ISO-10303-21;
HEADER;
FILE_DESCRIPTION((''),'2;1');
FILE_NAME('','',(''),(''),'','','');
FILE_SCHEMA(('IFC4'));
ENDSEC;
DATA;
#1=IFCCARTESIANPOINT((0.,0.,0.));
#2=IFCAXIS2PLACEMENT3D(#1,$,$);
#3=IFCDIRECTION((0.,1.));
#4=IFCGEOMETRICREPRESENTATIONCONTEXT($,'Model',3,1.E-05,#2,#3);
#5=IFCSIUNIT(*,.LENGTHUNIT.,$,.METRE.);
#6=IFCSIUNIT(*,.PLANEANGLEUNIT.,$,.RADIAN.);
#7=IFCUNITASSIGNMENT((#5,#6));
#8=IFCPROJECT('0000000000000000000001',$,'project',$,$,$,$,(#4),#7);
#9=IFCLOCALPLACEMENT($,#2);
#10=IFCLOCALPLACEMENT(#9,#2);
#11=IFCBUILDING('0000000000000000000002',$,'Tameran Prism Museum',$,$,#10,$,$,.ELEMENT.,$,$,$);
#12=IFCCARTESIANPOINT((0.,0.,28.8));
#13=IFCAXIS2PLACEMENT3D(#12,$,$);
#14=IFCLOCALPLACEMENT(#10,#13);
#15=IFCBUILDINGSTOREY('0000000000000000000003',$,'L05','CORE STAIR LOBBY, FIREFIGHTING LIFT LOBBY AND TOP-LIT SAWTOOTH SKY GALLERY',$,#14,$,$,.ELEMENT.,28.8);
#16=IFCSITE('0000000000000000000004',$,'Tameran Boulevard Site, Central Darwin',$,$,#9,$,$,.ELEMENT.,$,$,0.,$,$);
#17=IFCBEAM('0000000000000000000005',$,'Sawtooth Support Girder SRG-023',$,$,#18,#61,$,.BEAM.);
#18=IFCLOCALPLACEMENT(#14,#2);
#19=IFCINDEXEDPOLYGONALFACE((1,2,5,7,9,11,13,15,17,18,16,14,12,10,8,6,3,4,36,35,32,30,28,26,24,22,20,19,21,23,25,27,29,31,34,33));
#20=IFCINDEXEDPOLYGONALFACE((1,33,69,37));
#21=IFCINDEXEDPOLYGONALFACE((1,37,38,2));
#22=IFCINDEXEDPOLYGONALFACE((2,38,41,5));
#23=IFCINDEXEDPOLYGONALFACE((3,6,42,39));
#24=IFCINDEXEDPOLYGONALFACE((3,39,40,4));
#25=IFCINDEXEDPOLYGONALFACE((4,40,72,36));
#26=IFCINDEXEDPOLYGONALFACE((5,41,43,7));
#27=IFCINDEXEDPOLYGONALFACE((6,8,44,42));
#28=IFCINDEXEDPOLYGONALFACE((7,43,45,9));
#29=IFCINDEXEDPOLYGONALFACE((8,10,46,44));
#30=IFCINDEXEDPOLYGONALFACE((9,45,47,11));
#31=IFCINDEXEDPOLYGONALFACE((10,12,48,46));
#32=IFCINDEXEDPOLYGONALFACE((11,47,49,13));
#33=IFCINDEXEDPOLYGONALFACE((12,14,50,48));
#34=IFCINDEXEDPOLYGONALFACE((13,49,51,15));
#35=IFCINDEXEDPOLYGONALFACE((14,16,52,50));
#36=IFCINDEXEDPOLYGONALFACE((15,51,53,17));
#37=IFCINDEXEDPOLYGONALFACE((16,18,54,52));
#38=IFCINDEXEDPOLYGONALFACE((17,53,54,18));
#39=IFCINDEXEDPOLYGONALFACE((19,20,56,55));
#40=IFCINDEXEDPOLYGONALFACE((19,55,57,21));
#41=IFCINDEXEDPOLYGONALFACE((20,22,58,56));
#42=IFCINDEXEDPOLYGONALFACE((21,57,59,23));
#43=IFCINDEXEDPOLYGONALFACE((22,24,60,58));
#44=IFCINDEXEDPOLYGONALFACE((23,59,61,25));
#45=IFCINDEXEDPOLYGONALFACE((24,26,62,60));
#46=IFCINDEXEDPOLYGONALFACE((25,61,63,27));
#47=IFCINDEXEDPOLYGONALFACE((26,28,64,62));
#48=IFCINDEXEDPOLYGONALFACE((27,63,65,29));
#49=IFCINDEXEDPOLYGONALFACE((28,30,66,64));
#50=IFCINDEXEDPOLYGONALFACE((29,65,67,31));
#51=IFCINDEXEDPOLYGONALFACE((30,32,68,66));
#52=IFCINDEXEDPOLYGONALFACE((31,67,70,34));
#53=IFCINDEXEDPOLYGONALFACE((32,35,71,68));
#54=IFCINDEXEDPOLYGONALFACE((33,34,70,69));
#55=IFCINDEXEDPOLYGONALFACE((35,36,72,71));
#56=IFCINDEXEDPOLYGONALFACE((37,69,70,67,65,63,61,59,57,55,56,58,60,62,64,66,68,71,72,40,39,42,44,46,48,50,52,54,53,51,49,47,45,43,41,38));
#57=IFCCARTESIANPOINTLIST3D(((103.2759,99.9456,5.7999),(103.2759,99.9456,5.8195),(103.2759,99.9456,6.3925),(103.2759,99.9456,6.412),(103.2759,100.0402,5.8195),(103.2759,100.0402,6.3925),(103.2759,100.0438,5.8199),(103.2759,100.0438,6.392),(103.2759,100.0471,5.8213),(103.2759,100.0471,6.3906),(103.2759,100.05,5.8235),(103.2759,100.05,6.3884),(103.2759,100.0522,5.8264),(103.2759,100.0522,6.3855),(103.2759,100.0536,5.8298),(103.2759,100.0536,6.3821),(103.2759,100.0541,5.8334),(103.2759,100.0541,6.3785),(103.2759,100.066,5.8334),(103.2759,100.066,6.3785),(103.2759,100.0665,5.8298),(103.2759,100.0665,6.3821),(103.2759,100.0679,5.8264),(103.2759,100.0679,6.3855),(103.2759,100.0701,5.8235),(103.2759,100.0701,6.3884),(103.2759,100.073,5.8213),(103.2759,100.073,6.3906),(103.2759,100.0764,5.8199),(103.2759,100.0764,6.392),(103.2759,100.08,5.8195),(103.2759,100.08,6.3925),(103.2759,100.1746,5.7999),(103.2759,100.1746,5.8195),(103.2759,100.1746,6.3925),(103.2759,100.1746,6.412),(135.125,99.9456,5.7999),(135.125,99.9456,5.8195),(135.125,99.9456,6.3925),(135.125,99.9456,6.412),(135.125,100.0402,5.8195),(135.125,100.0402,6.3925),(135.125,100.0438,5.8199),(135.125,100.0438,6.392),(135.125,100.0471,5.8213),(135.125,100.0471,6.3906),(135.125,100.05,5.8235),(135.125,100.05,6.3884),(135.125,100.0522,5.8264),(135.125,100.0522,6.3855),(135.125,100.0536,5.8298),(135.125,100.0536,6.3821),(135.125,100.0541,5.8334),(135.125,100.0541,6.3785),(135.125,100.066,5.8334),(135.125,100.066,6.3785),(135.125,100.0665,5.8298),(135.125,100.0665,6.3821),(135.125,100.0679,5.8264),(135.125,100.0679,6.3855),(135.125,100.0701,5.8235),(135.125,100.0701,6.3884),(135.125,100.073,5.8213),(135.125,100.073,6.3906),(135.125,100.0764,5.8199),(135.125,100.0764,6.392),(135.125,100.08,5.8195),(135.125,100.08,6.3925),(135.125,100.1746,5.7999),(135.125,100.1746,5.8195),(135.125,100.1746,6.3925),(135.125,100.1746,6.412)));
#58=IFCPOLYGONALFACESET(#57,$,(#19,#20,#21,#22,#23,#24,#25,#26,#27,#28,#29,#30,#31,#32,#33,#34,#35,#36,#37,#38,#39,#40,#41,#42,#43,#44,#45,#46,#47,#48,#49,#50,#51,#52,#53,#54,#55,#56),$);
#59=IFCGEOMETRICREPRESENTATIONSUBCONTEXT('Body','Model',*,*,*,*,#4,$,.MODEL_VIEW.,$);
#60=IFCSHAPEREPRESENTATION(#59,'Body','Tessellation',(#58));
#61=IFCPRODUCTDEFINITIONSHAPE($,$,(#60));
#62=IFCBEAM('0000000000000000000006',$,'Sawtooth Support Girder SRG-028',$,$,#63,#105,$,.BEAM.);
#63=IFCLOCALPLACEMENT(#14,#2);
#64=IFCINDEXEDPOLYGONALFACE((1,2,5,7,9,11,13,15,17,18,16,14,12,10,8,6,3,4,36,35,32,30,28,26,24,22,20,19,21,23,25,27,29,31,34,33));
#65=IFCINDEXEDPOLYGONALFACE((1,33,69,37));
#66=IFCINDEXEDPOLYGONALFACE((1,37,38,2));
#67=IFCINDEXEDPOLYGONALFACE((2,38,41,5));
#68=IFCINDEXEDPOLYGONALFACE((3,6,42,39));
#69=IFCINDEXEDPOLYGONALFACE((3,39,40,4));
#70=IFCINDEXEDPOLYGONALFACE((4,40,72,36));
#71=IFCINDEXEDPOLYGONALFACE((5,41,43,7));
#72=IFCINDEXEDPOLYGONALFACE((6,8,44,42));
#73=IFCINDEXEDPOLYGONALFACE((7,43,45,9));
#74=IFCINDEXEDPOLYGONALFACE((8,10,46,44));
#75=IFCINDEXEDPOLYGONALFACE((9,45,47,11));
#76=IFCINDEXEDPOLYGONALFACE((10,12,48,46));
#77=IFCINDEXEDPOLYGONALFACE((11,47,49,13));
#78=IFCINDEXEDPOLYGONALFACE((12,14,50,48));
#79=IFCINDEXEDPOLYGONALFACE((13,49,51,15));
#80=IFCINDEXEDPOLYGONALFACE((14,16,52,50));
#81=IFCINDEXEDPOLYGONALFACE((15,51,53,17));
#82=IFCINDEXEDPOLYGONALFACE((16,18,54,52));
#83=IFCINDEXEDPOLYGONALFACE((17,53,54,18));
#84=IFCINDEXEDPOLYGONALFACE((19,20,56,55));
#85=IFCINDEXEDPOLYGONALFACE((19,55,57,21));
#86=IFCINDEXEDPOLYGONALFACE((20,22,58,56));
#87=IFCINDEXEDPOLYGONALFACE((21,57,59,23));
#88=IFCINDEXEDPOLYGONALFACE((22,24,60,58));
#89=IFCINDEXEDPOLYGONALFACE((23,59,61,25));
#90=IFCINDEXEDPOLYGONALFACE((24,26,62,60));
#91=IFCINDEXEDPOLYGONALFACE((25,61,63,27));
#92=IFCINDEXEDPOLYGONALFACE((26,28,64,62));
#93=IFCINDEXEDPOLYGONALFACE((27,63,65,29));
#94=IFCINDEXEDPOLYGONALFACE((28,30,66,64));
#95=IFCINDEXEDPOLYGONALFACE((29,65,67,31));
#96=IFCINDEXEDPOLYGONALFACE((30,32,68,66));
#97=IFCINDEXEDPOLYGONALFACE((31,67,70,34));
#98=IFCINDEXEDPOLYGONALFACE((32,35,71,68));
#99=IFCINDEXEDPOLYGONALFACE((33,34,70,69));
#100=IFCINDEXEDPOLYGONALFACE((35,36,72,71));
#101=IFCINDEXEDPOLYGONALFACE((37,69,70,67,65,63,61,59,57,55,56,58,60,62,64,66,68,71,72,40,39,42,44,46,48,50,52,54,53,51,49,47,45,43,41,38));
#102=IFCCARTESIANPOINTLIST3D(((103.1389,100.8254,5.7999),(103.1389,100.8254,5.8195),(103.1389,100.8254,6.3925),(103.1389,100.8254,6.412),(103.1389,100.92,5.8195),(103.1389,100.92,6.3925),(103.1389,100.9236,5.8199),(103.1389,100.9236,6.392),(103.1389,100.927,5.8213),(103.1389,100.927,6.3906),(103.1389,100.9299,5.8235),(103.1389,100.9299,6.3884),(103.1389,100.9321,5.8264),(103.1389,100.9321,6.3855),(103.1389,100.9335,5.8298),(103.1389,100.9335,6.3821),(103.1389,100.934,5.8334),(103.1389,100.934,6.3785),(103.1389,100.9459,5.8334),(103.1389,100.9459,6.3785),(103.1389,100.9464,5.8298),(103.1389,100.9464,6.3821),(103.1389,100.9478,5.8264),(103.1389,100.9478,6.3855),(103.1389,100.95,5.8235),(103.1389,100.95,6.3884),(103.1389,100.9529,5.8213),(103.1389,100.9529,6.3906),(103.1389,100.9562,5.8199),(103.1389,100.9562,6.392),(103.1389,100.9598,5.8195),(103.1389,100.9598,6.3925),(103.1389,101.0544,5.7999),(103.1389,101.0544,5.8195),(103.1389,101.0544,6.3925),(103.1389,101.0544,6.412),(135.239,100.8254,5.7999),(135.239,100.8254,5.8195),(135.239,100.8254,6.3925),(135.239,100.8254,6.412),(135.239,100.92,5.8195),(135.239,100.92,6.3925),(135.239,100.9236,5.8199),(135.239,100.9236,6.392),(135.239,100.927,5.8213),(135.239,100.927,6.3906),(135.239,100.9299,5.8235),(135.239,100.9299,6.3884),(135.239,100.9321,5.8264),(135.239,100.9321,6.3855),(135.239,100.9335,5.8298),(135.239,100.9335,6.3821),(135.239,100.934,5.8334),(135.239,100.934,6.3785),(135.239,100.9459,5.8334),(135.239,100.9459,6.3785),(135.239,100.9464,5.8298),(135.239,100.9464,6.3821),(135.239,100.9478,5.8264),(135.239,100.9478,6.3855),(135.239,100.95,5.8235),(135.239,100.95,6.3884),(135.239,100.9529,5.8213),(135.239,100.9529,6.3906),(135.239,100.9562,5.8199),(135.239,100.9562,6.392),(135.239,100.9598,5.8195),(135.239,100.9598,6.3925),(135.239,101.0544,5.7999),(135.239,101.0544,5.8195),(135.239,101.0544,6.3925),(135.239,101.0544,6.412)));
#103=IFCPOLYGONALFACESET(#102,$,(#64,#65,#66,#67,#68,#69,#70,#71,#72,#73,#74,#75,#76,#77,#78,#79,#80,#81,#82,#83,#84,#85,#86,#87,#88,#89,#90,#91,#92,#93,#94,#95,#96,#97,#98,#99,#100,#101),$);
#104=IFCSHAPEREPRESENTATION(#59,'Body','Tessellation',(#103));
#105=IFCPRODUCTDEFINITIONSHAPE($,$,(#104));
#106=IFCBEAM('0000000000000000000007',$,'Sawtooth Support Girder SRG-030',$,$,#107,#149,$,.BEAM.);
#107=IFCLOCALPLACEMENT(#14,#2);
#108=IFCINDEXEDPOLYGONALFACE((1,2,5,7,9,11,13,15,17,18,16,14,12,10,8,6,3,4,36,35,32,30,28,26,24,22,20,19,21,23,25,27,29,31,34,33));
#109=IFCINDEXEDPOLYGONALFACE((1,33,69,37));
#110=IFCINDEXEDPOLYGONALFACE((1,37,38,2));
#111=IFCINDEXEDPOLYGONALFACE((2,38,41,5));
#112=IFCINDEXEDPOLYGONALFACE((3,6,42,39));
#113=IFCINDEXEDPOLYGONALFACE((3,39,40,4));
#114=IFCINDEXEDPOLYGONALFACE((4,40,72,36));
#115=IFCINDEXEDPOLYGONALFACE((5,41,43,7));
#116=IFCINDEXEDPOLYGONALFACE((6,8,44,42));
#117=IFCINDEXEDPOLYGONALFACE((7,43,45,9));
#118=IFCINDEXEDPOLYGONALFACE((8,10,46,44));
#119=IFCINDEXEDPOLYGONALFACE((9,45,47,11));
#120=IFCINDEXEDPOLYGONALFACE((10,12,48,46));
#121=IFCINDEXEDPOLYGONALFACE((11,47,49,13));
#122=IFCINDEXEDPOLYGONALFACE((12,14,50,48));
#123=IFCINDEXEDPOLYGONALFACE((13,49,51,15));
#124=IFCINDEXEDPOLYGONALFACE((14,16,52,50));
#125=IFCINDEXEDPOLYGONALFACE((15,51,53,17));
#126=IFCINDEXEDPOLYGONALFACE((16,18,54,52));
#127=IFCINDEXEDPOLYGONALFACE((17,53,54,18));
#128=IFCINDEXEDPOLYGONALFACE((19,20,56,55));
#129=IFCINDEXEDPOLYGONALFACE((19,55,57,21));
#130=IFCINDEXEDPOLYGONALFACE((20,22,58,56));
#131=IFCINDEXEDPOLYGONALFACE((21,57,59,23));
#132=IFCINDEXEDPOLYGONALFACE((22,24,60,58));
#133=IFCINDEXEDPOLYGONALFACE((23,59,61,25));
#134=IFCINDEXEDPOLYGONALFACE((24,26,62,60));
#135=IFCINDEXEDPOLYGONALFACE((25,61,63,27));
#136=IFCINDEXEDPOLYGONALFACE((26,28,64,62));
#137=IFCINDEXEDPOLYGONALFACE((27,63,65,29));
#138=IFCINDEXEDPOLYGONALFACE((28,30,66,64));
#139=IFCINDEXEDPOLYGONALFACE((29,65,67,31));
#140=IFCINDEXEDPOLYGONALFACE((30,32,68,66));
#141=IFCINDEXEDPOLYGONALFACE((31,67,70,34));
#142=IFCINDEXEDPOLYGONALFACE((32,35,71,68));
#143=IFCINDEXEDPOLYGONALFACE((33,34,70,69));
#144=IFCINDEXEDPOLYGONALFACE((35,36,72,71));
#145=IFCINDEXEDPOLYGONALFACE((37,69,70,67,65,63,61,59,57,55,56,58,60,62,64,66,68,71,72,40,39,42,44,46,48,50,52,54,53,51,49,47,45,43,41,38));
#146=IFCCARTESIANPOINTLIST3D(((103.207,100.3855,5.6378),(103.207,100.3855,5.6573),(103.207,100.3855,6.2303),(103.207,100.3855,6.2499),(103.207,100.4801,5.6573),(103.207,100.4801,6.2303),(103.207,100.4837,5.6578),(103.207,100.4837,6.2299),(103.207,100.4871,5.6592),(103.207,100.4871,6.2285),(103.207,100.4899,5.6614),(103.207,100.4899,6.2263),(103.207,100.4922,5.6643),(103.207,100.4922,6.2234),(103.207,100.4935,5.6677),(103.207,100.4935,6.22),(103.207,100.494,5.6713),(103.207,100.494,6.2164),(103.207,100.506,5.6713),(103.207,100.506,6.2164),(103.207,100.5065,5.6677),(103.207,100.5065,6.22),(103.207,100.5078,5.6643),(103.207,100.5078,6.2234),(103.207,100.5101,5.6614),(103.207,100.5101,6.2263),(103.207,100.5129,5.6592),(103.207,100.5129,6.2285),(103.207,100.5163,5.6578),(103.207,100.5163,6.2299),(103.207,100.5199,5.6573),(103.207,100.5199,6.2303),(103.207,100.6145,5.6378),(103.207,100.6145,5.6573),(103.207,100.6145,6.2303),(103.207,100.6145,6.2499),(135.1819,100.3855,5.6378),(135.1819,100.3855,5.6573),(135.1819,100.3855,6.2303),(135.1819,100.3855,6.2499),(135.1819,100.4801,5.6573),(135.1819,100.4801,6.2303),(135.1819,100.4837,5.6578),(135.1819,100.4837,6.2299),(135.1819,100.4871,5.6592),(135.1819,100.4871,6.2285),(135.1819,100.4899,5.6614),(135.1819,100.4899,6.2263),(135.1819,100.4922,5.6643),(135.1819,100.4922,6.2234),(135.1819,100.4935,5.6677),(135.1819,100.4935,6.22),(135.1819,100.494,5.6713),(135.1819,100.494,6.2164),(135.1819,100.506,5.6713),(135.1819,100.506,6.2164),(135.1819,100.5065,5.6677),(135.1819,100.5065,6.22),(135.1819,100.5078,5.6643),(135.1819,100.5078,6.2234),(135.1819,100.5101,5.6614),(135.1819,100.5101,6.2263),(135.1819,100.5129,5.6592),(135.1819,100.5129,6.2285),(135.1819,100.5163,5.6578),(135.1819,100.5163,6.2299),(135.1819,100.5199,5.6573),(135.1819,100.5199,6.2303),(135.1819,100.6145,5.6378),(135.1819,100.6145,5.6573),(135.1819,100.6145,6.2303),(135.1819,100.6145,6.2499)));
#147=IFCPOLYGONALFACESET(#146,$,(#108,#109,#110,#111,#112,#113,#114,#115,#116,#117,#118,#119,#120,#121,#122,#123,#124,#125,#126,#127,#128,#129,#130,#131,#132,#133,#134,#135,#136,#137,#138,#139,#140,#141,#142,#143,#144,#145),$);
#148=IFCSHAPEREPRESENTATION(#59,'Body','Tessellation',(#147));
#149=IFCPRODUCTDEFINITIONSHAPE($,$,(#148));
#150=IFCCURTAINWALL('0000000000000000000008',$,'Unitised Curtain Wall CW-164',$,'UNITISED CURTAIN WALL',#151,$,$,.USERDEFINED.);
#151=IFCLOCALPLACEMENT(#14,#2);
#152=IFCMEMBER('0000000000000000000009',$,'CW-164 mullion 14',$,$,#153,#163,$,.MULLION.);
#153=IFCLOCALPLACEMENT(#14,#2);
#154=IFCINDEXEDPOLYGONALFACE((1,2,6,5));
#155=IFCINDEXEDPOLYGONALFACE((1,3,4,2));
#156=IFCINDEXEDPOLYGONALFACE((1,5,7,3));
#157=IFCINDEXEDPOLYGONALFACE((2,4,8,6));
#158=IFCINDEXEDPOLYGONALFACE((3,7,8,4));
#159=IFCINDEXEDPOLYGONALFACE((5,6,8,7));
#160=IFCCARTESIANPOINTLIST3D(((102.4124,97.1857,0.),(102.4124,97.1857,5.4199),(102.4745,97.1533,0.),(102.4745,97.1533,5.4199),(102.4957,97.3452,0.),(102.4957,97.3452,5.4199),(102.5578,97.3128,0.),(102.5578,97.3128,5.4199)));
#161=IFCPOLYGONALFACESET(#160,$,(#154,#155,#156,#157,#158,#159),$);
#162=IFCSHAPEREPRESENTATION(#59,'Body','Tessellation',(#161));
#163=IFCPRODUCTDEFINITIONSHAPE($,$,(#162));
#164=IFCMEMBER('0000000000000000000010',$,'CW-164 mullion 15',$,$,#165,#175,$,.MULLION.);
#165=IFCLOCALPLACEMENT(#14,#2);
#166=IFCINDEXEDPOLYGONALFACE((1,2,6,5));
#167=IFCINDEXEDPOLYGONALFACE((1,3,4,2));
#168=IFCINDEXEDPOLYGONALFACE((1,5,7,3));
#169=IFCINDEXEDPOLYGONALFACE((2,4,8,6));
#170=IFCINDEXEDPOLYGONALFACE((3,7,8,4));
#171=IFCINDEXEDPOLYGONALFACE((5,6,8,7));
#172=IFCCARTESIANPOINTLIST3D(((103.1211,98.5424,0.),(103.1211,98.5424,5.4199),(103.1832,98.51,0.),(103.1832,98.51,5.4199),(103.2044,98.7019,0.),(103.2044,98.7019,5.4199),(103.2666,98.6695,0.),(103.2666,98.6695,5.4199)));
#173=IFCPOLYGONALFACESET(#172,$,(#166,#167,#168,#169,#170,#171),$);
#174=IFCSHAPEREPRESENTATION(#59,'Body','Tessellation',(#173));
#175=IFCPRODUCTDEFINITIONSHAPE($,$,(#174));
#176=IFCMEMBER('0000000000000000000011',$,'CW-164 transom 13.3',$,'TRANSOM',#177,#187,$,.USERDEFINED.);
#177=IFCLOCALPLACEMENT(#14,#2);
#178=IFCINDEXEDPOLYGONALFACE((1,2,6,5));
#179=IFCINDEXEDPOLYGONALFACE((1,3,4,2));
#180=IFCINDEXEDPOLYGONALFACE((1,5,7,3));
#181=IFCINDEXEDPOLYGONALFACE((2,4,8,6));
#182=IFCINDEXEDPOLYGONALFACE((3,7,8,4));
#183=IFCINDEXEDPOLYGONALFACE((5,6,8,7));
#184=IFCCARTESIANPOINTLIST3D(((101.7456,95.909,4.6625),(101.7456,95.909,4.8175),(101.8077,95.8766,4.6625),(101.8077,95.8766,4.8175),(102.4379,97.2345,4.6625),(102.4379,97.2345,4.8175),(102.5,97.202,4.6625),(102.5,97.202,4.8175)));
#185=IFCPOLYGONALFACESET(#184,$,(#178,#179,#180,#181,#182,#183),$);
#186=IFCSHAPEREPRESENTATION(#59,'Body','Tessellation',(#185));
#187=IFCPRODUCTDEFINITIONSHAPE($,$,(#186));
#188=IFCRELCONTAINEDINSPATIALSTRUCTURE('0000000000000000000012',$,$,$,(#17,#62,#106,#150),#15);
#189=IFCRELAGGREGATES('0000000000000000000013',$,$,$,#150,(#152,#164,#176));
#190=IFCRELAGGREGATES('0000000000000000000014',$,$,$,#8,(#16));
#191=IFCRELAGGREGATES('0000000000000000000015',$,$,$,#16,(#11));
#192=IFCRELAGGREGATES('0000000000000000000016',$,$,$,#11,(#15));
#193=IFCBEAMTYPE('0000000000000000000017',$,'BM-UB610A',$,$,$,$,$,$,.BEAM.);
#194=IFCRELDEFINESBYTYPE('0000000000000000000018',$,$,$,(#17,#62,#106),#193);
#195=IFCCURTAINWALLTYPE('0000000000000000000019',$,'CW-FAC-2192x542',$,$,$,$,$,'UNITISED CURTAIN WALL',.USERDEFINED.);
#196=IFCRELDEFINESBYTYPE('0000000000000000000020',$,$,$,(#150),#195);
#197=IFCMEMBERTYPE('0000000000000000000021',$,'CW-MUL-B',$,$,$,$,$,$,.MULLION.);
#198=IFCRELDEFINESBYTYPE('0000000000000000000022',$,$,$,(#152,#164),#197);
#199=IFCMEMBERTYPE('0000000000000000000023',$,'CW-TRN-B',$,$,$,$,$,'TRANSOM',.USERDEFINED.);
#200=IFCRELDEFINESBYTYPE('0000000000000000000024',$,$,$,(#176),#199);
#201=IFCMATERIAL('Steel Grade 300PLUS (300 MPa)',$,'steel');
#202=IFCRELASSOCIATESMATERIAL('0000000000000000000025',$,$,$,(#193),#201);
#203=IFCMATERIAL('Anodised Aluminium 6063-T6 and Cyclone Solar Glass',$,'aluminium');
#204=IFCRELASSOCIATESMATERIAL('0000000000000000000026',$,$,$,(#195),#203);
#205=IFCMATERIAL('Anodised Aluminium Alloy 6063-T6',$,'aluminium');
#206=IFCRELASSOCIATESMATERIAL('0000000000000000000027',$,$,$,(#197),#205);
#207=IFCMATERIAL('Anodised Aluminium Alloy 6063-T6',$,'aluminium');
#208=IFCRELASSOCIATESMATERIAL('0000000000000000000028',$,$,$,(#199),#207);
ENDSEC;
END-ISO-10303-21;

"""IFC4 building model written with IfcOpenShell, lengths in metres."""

from ifc_helpers import new_model, si_unit, direction, frame, origin, origin_2d, place, context, subcontext, project, spatial, rectangle, i_section, extrude, material, material_profile, profile_set, type_object, element, aggregate, save


model = new_model("IFC4")

# Units and contexts
model_context = context("Model", 3, precision=1e-05, world=origin(), true_north=direction((0.0, 1.0)))
body_context = subcontext(model_context, "Body", "Model", "MODEL_VIEW")
ifc_project = project(units=[si_unit("LENGTHUNIT", "METRE"), si_unit("PLANEANGLEUNIT", "RADIAN")], contexts=[model_context])

# Site, building, storey
site_placement = place(None, origin())
site = spatial("IfcSite", under=ifc_project, at=site_placement, Name="Tameran Boulevard Site, Central Darwin", CompositionType="ELEMENT", RefElevation=0.0)
building_placement = place(site_placement, origin())
building = spatial("IfcBuilding", under=site, at=building_placement, Name="Tameran Prism Museum", CompositionType="ELEMENT")
storey_placement = place(building_placement, frame((0.0, 0.0, 28.8)))
storey = spatial("IfcBuildingStorey", under=building, at=storey_placement, Name="L05", Description="CORE STAIR LOBBY, FIREFIGHTING LIFT LOBBY AND TOP-LIT SAWTOOTH SKY GALLERY", CompositionType="ELEMENT", Elevation=28.8)

# Beams
ifc_material_1 = material(Name="Steel Grade 300PLUS (300 MPa)", Category="steel")
ifc_material_profile_1 = material_profile(ifc_material_1, i_section(OverallWidth=0.229, OverallDepth=0.6121, WebThickness=0.012, FlangeThickness=0.0195, FilletRadius=0.0139, at=origin_2d()))
ifc_profile_set_1 = profile_set([ifc_material_profile_1])
beam_type_1 = type_object("IfcBeamType", Name="BM-UB610A", PredefinedType="BEAM", material=ifc_profile_set_1)
beam_1_placement = place(storey_placement, frame((103.2759, 100.0601, 6.106), z_axis=(1.0, 0.0, 0.0), x_axis=(0.0, 1.0, 0.0)))
element("IfcBeam", 1, at=beam_1_placement, inside=storey, type_object=beam_type_1, Name="Sawtooth Support Girder SRG-023", PredefinedType="BEAM", context=body_context, shape_type="SweptSolid", body=[
    extrude(i_section(OverallWidth=0.229, OverallDepth=0.6121, WebThickness=0.012, FlangeThickness=0.0195, FilletRadius=0.0139, at=origin_2d()), origin(), (0.0, 0.0, 1.0), 31.8491),
])
beam_2_placement = place(storey_placement, frame((103.1389, 100.9399, 6.106), z_axis=(1.0, 0.0, 0.0), x_axis=(0.0, 1.0, 0.0)))
element("IfcBeam", 2, at=beam_2_placement, inside=storey, type_object=beam_type_1, Name="Sawtooth Support Girder SRG-028", PredefinedType="BEAM", context=body_context, shape_type="SweptSolid", body=[
    extrude(i_section(OverallWidth=0.229, OverallDepth=0.6121, WebThickness=0.012, FlangeThickness=0.0195, FilletRadius=0.0139, at=origin_2d()), origin(), (0.0, 0.0, 1.0), 32.1001),
])
beam_3_placement = place(storey_placement, frame((103.207, 100.5, 5.9438), z_axis=(1.0, 0.0, 0.0), x_axis=(0.0, 1.0, 0.0)))
element("IfcBeam", 3, at=beam_3_placement, inside=storey, type_object=beam_type_1, Name="Sawtooth Support Girder SRG-030", PredefinedType="BEAM", context=body_context, shape_type="SweptSolid", body=[
    extrude(i_section(OverallWidth=0.229, OverallDepth=0.6121, WebThickness=0.012, FlangeThickness=0.0195, FilletRadius=0.0139, at=origin_2d()), origin(), (0.0, 0.0, 1.0), 31.9749),
])

# Curtain wall, members
ifc_material_2 = material(Name="Anodised Aluminium 6063-T6 and Cyclone Solar Glass", Category="aluminium")
curtain_wall_type = type_object("IfcCurtainWallType", Name="CW-FAC-2192x542", ElementType="UNITISED CURTAIN WALL", PredefinedType="USERDEFINED", material=ifc_material_2)
curtain_wall_placement = place(storey_placement, origin())
curtain_wall = element("IfcCurtainWall", 4, at=curtain_wall_placement, inside=storey, type_object=curtain_wall_type, Name="Unitised Curtain Wall CW-164", ObjectType="UNITISED CURTAIN WALL", PredefinedType="USERDEFINED")
ifc_material_3 = material(Name="Anodised Aluminium Alloy 6063-T6", Category="aluminium")
ifc_material_profile_2 = material_profile(ifc_material_3, rectangle(XDim=0.0701, YDim=0.1799, at=origin_2d()))
ifc_profile_set_2 = profile_set([ifc_material_profile_2])
member_type_1 = type_object("IfcMemberType", Name="CW-MUL-B", PredefinedType="MULLION", material=ifc_profile_set_2)
member_1_placement = place(storey_placement, frame((102.4851, 97.2493, 0.0), z_axis=(0.0, 0.0, 1.0), x_axis=(-0.886357, 0.463003, 0.0)))
member_1 = element("IfcMember", 5, at=member_1_placement, type_object=member_type_1, Name="CW-164 mullion 14", PredefinedType="MULLION", context=body_context, shape_type="SweptSolid", body=[
    extrude(rectangle(XDim=0.0701, YDim=0.1799, at=origin_2d()), origin(), (0.0, 0.0, 1.0), 5.4199),
])
member_2_placement = place(storey_placement, frame((103.1938, 98.606, 0.0), z_axis=(0.0, 0.0, 1.0), x_axis=(-0.886357, 0.463003, 0.0)))
member_2 = element("IfcMember", 6, at=member_2_placement, type_object=member_type_1, Name="CW-164 mullion 15", PredefinedType="MULLION", context=body_context, shape_type="SweptSolid", body=[
    extrude(rectangle(XDim=0.0701, YDim=0.1799, at=origin_2d()), origin(), (0.0, 0.0, 1.0), 5.4199),
])
ifc_material_4 = material(Name="Anodised Aluminium Alloy 6063-T6", Category="aluminium")
ifc_material_profile_3 = material_profile(ifc_material_4, rectangle(XDim=0.0701, YDim=0.155, at=origin_2d()))
ifc_profile_set_3 = profile_set([ifc_material_profile_3])
member_type_2 = type_object("IfcMemberType", Name="CW-TRN-B", ElementType="TRANSOM", PredefinedType="USERDEFINED", material=ifc_profile_set_3)
member_3_placement = place(storey_placement, frame((101.7766, 95.8928, 4.74), z_axis=(0.463012, 0.886352, 0.0), x_axis=(-0.886352, 0.463012, 0.0)))
member_3 = element("IfcMember", 7, at=member_3_placement, type_object=member_type_2, Name="CW-164 transom 13.3", ObjectType="TRANSOM", PredefinedType="USERDEFINED", context=body_context, shape_type="SweptSolid", body=[
    extrude(rectangle(XDim=0.0701, YDim=0.155, at=origin_2d()), origin(), (0.0, 0.0, 1.0), 1.4954),
])
aggregate(curtain_wall, [member_1, member_2, member_3])

save(model, "model.ifc")
